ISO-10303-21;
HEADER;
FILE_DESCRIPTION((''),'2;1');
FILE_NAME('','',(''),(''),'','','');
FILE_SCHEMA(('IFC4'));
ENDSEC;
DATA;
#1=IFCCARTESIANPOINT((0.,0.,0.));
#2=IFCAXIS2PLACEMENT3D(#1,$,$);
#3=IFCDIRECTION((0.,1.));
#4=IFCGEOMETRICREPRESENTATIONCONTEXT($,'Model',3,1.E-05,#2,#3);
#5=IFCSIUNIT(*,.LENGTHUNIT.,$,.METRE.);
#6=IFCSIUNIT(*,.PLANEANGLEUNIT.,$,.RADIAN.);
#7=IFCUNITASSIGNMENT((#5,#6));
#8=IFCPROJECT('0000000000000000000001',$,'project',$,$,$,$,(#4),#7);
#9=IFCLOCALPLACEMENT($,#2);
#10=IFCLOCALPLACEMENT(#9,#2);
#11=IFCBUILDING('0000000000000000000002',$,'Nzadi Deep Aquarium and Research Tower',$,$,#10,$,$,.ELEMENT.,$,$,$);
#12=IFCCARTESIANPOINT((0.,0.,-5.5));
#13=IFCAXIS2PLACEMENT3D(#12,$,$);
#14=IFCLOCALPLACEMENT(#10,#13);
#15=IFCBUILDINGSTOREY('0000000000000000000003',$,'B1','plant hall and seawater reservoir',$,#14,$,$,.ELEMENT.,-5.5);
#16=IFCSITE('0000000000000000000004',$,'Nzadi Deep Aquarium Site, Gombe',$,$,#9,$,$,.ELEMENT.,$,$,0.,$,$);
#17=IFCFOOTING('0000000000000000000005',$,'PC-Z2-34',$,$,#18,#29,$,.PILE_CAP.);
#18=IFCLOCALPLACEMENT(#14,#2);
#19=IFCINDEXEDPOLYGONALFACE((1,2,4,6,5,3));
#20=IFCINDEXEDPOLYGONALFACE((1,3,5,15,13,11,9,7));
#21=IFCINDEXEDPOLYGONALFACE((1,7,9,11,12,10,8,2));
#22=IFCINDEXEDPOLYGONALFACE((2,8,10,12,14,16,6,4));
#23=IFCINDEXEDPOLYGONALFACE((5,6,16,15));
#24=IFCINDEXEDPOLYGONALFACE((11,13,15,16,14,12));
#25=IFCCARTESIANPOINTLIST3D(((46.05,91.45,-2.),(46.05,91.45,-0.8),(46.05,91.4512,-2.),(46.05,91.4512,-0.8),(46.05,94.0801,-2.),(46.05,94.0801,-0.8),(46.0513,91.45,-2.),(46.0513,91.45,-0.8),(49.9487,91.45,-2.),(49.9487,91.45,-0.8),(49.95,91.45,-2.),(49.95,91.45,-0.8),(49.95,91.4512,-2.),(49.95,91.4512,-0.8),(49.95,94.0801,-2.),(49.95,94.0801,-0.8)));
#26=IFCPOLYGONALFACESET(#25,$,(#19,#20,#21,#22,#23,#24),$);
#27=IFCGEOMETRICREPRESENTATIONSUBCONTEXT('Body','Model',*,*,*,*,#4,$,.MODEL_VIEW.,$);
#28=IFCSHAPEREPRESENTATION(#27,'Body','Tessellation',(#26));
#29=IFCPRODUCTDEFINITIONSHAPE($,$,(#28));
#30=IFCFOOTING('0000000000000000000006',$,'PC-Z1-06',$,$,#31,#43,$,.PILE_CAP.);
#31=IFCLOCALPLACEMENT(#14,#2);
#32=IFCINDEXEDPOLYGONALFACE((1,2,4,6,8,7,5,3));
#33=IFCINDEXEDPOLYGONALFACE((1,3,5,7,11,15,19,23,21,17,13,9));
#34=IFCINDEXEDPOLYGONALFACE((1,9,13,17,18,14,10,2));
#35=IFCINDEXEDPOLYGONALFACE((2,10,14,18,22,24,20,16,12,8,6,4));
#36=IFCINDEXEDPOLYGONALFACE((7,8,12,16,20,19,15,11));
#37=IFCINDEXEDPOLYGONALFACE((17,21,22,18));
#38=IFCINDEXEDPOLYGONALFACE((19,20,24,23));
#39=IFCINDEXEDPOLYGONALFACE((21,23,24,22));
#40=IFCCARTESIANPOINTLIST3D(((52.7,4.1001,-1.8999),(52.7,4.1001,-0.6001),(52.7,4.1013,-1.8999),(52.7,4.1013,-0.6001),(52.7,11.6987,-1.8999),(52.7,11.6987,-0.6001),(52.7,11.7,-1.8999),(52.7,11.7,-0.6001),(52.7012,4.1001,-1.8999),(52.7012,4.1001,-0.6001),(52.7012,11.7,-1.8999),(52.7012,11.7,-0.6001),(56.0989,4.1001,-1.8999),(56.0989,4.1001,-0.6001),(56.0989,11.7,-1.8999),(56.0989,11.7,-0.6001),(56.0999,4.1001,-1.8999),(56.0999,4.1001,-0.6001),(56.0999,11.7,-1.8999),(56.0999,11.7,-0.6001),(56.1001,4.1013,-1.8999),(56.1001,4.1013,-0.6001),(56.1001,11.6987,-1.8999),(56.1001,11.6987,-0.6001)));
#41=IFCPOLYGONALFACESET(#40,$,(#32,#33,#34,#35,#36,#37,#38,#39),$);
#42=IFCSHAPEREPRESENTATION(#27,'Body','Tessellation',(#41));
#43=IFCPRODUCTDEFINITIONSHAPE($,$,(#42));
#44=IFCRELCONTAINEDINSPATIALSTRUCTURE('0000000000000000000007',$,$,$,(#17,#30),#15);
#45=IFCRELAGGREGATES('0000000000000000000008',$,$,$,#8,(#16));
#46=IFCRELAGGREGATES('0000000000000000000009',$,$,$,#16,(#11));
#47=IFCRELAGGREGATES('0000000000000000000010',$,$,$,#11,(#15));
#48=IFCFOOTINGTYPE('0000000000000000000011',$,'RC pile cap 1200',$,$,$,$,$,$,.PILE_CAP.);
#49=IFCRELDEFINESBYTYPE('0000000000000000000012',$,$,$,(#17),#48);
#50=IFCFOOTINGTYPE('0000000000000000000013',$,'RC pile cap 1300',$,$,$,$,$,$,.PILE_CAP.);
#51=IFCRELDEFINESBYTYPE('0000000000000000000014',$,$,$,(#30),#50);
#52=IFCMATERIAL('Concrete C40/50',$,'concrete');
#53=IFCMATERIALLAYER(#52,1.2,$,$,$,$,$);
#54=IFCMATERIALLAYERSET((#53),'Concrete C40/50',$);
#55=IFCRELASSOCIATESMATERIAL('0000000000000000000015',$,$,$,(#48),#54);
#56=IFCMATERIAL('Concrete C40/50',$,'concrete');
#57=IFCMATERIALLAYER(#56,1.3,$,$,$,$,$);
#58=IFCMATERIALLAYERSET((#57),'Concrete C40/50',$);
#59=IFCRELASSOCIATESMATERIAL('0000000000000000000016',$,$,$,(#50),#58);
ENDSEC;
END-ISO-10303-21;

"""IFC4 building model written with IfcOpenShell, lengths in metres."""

from ifc_helpers import new_model, si_unit, direction, frame, origin, place, context, subcontext, project, spatial, polyline, outline, extrude, material, layer, layer_set, type_object, element, save


model = new_model("IFC4")

# Units and contexts
model_context = context("Model", 3, precision=1e-05, world=origin(), true_north=direction((0.0, 1.0)))
body_context = subcontext(model_context, "Body", "Model", "MODEL_VIEW")
ifc_project = project(units=[si_unit("LENGTHUNIT", "METRE"), si_unit("PLANEANGLEUNIT", "RADIAN")], contexts=[model_context])

# Site, building, storey
site_placement = place(None, origin())
site = spatial("IfcSite", under=ifc_project, at=site_placement, Name="Nzadi Deep Aquarium Site, Gombe", CompositionType="ELEMENT", RefElevation=0.0)
building_placement = place(site_placement, origin())
building = spatial("IfcBuilding", under=site, at=building_placement, Name="Nzadi Deep Aquarium and Research Tower", CompositionType="ELEMENT")
storey_placement = place(building_placement, frame((0.0, 0.0, -5.5)))
storey = spatial("IfcBuildingStorey", under=building, at=storey_placement, Name="B1", Description="plant hall and seawater reservoir", CompositionType="ELEMENT", Elevation=-5.5)

# Footings
ifc_material_1 = material(Name="Concrete C40/50", Category="concrete")
ifc_layer_1 = layer(ifc_material_1, 1.2)
ifc_layer_set_1 = layer_set([ifc_layer_1], Name="Concrete C40/50")
footing_type_1 = type_object("IfcFootingType", Name="RC pile cap 1200", PredefinedType="PILE_CAP", material=ifc_layer_set_1)
footing_1_placement = place(storey_placement, frame((0.0, 0.0, -2.0)))
element("IfcFooting", 1, at=footing_1_placement, inside=storey, type_object=footing_type_1, Name="PC-Z2-34", PredefinedType="PILE_CAP", context=body_context, shape_type="SweptSolid", body=[
    extrude(outline(polyline([(46.05, 91.4512), (46.05, 91.45), (46.0513, 91.45), (49.9487, 91.45), (49.95, 91.45), (49.95, 91.4512), (49.95, 94.0801), (46.05, 94.0801), (46.05, 91.4512)])), origin(), (0.0, 0.0, 1.0), 1.2),
])
ifc_material_2 = material(Name="Concrete C40/50", Category="concrete")
ifc_layer_2 = layer(ifc_material_2, 1.3)
ifc_layer_set_2 = layer_set([ifc_layer_2], Name="Concrete C40/50")
footing_type_2 = type_object("IfcFootingType", Name="RC pile cap 1300", PredefinedType="PILE_CAP", material=ifc_layer_set_2)
footing_2_placement = place(storey_placement, frame((0.0, 0.0, -1.8999)))
element("IfcFooting", 2, at=footing_2_placement, inside=storey, type_object=footing_type_2, Name="PC-Z1-06", PredefinedType="PILE_CAP", context=body_context, shape_type="SweptSolid", body=[
    extrude(outline(polyline([(52.7, 11.6987), (52.7, 4.1013), (52.7, 4.1001), (52.7012, 4.1001), (56.0989, 4.1001), (56.0999, 4.1001), (56.1001, 4.1013), (56.1001, 11.6987), (56.0999, 11.7), (56.0989, 11.7), (52.7012, 11.7), (52.7, 11.7), (52.7, 11.6987)])), origin(), (0.0, 0.0, 1.0), 1.2998),
])

save(model, "model.ifc")
